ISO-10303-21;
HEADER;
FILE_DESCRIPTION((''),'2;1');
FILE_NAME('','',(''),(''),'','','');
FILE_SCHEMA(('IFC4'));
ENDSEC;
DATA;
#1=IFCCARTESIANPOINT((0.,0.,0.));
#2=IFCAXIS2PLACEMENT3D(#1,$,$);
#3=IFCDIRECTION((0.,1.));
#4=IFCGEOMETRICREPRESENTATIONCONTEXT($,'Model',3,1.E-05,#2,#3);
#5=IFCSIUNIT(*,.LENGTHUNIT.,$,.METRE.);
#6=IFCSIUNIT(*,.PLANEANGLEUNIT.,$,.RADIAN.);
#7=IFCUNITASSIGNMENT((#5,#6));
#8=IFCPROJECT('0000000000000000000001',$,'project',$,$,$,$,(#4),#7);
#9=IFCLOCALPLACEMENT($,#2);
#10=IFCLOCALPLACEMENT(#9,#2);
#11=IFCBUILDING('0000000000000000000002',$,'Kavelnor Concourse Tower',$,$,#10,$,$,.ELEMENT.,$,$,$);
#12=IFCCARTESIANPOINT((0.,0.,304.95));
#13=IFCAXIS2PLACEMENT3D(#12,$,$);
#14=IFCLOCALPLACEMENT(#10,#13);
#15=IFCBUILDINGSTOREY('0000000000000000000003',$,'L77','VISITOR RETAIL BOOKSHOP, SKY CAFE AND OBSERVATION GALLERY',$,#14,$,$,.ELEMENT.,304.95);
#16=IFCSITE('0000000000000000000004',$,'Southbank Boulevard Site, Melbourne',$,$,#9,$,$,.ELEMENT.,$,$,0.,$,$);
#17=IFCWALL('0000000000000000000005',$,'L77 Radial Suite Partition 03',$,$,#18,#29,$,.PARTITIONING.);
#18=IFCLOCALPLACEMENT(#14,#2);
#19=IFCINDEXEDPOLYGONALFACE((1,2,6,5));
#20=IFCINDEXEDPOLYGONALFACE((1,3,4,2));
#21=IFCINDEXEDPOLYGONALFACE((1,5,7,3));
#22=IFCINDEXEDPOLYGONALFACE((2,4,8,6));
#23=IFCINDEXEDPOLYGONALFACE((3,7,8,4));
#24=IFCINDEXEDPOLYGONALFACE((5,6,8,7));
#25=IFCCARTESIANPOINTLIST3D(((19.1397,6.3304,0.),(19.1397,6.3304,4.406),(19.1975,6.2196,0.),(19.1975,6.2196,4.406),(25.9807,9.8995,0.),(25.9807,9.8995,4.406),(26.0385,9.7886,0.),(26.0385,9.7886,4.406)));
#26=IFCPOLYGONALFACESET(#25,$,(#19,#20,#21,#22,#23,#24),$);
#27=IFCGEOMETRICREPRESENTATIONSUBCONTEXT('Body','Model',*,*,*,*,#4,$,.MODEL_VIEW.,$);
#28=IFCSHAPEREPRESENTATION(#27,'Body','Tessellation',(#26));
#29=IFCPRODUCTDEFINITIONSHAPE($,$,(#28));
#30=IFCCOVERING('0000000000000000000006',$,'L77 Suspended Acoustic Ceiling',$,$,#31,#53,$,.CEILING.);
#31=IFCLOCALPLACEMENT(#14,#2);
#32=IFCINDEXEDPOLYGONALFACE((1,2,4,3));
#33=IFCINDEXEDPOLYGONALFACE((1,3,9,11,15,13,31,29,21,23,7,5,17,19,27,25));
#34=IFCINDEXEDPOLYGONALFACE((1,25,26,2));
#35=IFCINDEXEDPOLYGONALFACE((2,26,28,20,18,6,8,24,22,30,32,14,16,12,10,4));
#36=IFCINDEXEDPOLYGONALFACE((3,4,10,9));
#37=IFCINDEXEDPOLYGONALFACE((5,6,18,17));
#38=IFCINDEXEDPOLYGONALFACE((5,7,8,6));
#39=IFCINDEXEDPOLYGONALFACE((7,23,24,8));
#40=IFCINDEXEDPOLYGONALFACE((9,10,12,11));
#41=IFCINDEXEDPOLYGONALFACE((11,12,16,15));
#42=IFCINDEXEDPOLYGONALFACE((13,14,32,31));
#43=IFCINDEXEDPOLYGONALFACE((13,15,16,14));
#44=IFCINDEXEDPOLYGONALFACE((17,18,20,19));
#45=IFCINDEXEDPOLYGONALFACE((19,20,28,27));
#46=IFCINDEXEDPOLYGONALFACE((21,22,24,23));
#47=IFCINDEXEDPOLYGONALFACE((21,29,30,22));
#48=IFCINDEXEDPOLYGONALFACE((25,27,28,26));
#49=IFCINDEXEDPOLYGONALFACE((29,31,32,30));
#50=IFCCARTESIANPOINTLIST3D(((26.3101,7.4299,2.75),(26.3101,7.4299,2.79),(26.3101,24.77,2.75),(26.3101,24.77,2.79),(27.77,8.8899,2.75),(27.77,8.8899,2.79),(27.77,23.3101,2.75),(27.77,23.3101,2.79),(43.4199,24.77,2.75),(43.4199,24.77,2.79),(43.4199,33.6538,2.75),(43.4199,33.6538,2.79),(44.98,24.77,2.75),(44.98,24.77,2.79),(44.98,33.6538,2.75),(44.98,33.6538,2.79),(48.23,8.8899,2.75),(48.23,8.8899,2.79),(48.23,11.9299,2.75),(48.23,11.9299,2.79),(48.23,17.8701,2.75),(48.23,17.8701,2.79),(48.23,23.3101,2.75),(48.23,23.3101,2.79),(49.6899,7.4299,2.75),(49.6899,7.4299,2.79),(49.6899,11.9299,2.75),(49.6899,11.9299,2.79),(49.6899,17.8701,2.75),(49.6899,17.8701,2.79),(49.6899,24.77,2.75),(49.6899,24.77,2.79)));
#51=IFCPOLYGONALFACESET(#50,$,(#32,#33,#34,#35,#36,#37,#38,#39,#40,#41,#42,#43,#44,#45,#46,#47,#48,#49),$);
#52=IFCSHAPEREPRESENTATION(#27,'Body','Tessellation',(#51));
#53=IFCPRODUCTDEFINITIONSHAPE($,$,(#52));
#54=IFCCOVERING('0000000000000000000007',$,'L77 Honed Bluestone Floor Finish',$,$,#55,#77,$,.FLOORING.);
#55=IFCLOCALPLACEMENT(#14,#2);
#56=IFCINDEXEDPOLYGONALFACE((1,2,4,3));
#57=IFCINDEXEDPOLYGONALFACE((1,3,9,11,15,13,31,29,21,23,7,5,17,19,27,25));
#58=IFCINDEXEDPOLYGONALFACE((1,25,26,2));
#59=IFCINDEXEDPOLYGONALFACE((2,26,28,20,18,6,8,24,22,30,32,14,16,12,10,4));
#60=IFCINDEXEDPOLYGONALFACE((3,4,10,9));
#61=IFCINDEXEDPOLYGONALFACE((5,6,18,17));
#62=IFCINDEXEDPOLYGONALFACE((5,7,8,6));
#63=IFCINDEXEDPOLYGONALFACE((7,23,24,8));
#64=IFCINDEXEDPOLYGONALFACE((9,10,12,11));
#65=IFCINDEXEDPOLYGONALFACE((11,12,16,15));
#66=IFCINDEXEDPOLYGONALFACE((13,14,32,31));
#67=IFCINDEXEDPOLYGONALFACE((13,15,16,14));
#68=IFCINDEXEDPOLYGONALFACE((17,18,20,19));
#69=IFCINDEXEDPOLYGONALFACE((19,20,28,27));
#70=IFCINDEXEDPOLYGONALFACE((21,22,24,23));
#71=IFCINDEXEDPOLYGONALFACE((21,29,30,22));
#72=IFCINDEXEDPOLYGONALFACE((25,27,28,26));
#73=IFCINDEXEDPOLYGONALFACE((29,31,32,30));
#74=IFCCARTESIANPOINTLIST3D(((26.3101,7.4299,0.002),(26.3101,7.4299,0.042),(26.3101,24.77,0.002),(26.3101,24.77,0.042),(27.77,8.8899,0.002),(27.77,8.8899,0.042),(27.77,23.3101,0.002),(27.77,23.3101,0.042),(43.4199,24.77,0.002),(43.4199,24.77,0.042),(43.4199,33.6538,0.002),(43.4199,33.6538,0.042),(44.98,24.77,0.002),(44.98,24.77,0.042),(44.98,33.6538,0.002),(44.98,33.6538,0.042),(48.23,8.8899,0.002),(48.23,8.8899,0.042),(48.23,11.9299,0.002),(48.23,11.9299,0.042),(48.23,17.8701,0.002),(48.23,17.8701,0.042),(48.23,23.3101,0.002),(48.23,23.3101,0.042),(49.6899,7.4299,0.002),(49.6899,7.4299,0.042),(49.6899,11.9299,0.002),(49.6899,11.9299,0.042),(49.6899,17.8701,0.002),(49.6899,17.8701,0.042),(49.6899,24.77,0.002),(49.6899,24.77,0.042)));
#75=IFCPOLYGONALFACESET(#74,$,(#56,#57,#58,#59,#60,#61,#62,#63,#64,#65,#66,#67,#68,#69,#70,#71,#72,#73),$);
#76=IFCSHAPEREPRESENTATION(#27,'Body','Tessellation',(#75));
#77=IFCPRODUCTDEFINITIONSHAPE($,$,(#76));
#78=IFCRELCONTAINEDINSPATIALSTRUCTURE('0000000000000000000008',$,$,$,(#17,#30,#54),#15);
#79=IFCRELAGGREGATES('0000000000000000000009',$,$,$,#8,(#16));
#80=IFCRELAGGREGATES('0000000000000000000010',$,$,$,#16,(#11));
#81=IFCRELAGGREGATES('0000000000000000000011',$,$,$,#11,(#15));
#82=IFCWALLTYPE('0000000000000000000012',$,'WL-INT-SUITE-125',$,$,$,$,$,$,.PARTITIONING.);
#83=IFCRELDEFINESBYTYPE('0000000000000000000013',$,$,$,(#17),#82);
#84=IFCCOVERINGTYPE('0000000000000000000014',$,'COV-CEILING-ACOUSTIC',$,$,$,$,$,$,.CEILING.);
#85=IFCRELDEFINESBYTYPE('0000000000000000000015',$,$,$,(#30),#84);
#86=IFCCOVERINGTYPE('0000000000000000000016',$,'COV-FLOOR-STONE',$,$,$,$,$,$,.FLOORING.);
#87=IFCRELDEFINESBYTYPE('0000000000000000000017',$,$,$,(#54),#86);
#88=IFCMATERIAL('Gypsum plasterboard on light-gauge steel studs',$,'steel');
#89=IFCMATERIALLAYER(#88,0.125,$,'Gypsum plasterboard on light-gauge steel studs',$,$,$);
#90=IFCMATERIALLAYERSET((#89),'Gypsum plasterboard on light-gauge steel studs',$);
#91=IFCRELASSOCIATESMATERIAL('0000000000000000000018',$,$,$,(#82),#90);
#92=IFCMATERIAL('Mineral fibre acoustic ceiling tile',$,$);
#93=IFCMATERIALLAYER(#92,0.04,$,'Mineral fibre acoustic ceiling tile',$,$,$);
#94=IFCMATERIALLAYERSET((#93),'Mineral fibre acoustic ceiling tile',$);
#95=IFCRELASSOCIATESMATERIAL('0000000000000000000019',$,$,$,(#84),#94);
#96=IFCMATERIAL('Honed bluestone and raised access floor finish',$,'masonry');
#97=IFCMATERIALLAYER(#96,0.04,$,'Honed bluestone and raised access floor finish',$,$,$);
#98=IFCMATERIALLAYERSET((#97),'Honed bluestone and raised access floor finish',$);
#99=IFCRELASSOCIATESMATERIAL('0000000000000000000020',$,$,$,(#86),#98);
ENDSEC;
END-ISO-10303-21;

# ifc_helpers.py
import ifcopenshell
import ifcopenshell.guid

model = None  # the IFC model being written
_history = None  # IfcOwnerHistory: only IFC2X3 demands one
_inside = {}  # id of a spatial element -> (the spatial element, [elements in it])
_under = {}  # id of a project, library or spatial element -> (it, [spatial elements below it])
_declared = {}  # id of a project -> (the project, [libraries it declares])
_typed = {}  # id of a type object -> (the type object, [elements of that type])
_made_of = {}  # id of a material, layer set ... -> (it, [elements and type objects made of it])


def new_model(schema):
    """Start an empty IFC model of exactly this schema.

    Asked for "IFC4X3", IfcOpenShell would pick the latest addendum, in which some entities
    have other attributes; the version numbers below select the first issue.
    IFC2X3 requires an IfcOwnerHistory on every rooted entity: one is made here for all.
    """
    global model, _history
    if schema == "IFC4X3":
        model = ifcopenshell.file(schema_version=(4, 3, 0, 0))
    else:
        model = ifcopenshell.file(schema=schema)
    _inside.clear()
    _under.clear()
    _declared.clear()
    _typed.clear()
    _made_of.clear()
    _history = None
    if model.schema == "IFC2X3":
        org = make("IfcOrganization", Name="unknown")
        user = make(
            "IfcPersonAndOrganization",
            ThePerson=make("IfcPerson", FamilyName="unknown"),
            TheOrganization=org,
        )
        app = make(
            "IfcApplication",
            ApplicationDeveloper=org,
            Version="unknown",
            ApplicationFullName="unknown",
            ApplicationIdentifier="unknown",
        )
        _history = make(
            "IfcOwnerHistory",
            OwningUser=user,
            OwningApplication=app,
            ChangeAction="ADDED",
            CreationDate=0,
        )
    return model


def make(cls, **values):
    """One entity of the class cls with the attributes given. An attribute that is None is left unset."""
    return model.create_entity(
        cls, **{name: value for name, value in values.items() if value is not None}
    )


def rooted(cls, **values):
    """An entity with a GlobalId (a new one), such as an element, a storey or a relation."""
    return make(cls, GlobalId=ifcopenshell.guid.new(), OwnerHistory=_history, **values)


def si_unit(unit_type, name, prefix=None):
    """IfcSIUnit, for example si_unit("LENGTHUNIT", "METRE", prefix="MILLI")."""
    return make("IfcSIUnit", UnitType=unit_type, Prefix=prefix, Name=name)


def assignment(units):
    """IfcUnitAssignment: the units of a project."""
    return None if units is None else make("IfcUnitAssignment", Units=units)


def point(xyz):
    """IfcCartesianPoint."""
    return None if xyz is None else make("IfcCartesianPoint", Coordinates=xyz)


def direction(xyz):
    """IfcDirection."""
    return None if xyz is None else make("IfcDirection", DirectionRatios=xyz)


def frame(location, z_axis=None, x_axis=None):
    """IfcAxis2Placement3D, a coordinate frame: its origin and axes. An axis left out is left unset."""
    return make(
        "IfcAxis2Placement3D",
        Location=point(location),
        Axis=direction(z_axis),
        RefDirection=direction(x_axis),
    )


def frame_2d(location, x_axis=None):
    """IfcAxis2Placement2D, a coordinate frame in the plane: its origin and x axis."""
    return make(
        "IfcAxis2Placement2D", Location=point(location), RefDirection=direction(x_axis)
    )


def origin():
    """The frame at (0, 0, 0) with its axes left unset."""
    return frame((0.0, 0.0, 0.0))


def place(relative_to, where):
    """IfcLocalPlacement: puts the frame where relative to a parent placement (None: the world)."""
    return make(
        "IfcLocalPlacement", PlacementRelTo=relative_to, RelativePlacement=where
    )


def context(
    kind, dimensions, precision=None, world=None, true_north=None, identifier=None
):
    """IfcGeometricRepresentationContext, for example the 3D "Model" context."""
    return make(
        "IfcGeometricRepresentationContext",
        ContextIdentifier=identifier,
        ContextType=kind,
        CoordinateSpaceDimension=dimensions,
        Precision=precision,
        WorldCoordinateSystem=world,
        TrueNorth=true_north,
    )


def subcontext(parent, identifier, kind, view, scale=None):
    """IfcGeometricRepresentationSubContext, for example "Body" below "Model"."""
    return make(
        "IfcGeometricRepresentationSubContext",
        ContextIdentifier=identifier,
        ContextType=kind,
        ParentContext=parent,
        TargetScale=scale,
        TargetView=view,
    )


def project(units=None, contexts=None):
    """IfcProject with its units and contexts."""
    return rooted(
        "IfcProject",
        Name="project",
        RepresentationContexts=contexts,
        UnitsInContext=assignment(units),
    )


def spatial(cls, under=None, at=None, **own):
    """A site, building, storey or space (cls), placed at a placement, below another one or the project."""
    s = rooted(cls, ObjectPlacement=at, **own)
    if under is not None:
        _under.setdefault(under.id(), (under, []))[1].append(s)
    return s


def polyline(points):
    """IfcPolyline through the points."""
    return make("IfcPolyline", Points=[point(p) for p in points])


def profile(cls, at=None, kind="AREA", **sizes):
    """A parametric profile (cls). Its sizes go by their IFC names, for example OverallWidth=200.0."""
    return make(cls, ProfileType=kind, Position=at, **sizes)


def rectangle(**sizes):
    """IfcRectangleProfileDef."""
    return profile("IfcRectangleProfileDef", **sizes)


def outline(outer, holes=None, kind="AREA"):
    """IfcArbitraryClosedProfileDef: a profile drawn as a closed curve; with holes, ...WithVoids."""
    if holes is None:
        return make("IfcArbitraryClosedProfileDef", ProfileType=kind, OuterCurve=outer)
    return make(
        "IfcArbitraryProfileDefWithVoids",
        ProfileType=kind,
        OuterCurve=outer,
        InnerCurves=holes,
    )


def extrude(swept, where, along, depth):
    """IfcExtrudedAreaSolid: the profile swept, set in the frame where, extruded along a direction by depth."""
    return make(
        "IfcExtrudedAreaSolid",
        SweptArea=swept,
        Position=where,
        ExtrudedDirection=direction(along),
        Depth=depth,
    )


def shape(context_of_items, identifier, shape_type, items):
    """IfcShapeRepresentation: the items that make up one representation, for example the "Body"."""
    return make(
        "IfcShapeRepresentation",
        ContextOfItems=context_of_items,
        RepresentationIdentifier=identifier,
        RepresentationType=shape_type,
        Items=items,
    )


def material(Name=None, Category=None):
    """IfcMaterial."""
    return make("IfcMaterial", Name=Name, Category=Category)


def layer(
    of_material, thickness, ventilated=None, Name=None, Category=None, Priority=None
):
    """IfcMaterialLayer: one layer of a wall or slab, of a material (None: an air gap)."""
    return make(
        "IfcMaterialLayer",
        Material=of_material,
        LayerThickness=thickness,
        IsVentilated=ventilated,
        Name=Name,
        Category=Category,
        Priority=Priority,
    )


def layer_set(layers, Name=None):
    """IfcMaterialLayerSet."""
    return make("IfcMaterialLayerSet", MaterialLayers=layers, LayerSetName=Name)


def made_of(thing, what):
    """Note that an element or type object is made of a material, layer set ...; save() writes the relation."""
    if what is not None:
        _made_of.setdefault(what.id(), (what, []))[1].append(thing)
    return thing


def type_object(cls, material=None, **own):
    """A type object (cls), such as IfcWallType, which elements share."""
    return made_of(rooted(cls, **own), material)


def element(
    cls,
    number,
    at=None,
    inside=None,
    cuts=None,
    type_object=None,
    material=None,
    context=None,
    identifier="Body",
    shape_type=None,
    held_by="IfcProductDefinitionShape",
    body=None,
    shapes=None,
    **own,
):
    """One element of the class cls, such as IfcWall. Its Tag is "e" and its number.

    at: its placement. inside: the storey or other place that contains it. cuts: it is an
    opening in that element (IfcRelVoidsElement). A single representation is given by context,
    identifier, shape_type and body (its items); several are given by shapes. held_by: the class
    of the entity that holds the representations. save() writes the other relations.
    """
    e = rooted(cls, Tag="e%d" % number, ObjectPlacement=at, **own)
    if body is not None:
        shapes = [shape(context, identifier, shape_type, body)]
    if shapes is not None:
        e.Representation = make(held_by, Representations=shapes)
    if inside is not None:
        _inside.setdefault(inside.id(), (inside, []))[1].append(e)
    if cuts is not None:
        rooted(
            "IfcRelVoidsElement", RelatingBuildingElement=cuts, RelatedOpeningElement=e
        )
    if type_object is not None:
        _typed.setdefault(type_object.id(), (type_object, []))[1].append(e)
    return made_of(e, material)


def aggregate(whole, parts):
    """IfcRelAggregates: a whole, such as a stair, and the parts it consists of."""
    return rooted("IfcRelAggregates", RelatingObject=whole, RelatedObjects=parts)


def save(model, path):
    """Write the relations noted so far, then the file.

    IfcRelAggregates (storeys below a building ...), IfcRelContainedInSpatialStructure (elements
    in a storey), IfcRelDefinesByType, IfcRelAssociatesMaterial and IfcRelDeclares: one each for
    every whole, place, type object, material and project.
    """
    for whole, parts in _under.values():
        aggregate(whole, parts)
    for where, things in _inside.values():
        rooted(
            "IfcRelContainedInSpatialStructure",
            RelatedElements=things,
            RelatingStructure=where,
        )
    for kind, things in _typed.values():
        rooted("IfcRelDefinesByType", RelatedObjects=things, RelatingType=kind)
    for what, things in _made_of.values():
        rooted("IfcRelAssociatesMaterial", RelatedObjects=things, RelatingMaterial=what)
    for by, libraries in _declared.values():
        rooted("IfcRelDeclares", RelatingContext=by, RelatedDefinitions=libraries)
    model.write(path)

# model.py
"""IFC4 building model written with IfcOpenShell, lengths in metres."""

from ifc_helpers import new_model, si_unit, direction, frame, frame_2d, origin, place, context, subcontext, project, spatial, polyline, rectangle, outline, extrude, material, layer, layer_set, type_object, element, save


model = new_model("IFC4")

# Units and contexts
model_context = context("Model", 3, precision=1e-05, world=origin(), true_north=direction((0.0, 1.0)))
body_context = subcontext(model_context, "Body", "Model", "MODEL_VIEW")
ifc_project = project(units=[si_unit("LENGTHUNIT", "METRE"), si_unit("PLANEANGLEUNIT", "RADIAN")], contexts=[model_context])

# Site, building, storey
site_placement = place(None, origin())
site = spatial("IfcSite", under=ifc_project, at=site_placement, Name="Southbank Boulevard Site, Melbourne", CompositionType="ELEMENT", RefElevation=0.0)
building_placement = place(site_placement, origin())
building = spatial("IfcBuilding", under=site, at=building_placement, Name="Kavelnor Concourse Tower", CompositionType="ELEMENT")
storey_placement = place(building_placement, frame((0.0, 0.0, 304.95)))
storey = spatial("IfcBuildingStorey", under=building, at=storey_placement, Name="L77", Description="VISITOR RETAIL BOOKSHOP, SKY CAFE AND OBSERVATION GALLERY", CompositionType="ELEMENT", Elevation=304.95)

# Wall
ifc_material_1 = material(Name="Gypsum plasterboard on light-gauge steel studs", Category="steel")
ifc_layer_1 = layer(ifc_material_1, 0.125, Name="Gypsum plasterboard on light-gauge steel studs")
ifc_layer_set_1 = layer_set([ifc_layer_1], Name="Gypsum plasterboard on light-gauge steel studs")
wall_type_1 = type_object("IfcWallType", Name="WL-INT-SUITE-125", PredefinedType="PARTITIONING", material=ifc_layer_set_1)
wall_1_placement = place(storey_placement, frame((26.0095, 9.844, 0.0), z_axis=(0.0, 0.0, 1.0), x_axis=(-0.886593, -0.46255, 0.0)))
element("IfcWall", 1, at=wall_1_placement, inside=storey, type_object=wall_type_1, Name="L77 Radial Suite Partition 03", PredefinedType="PARTITIONING", context=body_context, shape_type="SweptSolid", body=[
    extrude(rectangle(XDim=7.7161, YDim=0.125, at=frame_2d((3.8579, 0.0))), origin(), (0.0, 0.0, 1.0), 4.406),
])

# Coverings
ifc_material_2 = material(Name="Mineral fibre acoustic ceiling tile")
ifc_layer_2 = layer(ifc_material_2, 0.04, Name="Mineral fibre acoustic ceiling tile")
ifc_layer_set_2 = layer_set([ifc_layer_2], Name="Mineral fibre acoustic ceiling tile")
covering_type_1 = type_object("IfcCoveringType", Name="COV-CEILING-ACOUSTIC", PredefinedType="CEILING", material=ifc_layer_set_2)
covering_1_placement = place(storey_placement, frame((0.0, 0.0, 2.75)))
element("IfcCovering", 2, at=covering_1_placement, inside=storey, type_object=covering_type_1, Name="L77 Suspended Acoustic Ceiling", PredefinedType="CEILING", context=body_context, shape_type="SweptSolid", body=[
    extrude(outline(polyline([(44.98, 24.77), (49.6899, 24.77), (49.6899, 17.8701), (48.23, 17.8701), (48.23, 23.3101), (27.77, 23.3101), (27.77, 8.8899), (48.23, 8.8899), (48.23, 11.9299), (49.6899, 11.9299), (49.6899, 7.4299), (26.3101, 7.4299), (26.3101, 24.77), (43.4199, 24.77), (43.4199, 33.6538), (44.98, 33.6538), (44.98, 24.77)])), origin(), (0.0, 0.0, 1.0), 0.04),
])
ifc_material_3 = material(Name="Honed bluestone and raised access floor finish", Category="masonry")
ifc_layer_3 = layer(ifc_material_3, 0.04, Name="Honed bluestone and raised access floor finish")
ifc_layer_set_3 = layer_set([ifc_layer_3], Name="Honed bluestone and raised access floor finish")
covering_type_2 = type_object("IfcCoveringType", Name="COV-FLOOR-STONE", PredefinedType="FLOORING", material=ifc_layer_set_3)
covering_2_placement = place(storey_placement, frame((0.0, 0.0, 0.002)))
element("IfcCovering", 3, at=covering_2_placement, inside=storey, type_object=covering_type_2, Name="L77 Honed Bluestone Floor Finish", PredefinedType="FLOORING", context=body_context, shape_type="SweptSolid", body=[
    extrude(outline(polyline([(44.98, 24.77), (49.6899, 24.77), (49.6899, 17.8701), (48.23, 17.8701), (48.23, 23.3101), (27.77, 23.3101), (27.77, 8.8899), (48.23, 8.8899), (48.23, 11.9299), (49.6899, 11.9299), (49.6899, 7.4299), (26.3101, 7.4299), (26.3101, 24.77), (43.4199, 24.77), (43.4199, 33.6538), (44.98, 33.6538), (44.98, 24.77)])), origin(), (0.0, 0.0, 1.0), 0.04),
])

save(model, "model.ifc")
